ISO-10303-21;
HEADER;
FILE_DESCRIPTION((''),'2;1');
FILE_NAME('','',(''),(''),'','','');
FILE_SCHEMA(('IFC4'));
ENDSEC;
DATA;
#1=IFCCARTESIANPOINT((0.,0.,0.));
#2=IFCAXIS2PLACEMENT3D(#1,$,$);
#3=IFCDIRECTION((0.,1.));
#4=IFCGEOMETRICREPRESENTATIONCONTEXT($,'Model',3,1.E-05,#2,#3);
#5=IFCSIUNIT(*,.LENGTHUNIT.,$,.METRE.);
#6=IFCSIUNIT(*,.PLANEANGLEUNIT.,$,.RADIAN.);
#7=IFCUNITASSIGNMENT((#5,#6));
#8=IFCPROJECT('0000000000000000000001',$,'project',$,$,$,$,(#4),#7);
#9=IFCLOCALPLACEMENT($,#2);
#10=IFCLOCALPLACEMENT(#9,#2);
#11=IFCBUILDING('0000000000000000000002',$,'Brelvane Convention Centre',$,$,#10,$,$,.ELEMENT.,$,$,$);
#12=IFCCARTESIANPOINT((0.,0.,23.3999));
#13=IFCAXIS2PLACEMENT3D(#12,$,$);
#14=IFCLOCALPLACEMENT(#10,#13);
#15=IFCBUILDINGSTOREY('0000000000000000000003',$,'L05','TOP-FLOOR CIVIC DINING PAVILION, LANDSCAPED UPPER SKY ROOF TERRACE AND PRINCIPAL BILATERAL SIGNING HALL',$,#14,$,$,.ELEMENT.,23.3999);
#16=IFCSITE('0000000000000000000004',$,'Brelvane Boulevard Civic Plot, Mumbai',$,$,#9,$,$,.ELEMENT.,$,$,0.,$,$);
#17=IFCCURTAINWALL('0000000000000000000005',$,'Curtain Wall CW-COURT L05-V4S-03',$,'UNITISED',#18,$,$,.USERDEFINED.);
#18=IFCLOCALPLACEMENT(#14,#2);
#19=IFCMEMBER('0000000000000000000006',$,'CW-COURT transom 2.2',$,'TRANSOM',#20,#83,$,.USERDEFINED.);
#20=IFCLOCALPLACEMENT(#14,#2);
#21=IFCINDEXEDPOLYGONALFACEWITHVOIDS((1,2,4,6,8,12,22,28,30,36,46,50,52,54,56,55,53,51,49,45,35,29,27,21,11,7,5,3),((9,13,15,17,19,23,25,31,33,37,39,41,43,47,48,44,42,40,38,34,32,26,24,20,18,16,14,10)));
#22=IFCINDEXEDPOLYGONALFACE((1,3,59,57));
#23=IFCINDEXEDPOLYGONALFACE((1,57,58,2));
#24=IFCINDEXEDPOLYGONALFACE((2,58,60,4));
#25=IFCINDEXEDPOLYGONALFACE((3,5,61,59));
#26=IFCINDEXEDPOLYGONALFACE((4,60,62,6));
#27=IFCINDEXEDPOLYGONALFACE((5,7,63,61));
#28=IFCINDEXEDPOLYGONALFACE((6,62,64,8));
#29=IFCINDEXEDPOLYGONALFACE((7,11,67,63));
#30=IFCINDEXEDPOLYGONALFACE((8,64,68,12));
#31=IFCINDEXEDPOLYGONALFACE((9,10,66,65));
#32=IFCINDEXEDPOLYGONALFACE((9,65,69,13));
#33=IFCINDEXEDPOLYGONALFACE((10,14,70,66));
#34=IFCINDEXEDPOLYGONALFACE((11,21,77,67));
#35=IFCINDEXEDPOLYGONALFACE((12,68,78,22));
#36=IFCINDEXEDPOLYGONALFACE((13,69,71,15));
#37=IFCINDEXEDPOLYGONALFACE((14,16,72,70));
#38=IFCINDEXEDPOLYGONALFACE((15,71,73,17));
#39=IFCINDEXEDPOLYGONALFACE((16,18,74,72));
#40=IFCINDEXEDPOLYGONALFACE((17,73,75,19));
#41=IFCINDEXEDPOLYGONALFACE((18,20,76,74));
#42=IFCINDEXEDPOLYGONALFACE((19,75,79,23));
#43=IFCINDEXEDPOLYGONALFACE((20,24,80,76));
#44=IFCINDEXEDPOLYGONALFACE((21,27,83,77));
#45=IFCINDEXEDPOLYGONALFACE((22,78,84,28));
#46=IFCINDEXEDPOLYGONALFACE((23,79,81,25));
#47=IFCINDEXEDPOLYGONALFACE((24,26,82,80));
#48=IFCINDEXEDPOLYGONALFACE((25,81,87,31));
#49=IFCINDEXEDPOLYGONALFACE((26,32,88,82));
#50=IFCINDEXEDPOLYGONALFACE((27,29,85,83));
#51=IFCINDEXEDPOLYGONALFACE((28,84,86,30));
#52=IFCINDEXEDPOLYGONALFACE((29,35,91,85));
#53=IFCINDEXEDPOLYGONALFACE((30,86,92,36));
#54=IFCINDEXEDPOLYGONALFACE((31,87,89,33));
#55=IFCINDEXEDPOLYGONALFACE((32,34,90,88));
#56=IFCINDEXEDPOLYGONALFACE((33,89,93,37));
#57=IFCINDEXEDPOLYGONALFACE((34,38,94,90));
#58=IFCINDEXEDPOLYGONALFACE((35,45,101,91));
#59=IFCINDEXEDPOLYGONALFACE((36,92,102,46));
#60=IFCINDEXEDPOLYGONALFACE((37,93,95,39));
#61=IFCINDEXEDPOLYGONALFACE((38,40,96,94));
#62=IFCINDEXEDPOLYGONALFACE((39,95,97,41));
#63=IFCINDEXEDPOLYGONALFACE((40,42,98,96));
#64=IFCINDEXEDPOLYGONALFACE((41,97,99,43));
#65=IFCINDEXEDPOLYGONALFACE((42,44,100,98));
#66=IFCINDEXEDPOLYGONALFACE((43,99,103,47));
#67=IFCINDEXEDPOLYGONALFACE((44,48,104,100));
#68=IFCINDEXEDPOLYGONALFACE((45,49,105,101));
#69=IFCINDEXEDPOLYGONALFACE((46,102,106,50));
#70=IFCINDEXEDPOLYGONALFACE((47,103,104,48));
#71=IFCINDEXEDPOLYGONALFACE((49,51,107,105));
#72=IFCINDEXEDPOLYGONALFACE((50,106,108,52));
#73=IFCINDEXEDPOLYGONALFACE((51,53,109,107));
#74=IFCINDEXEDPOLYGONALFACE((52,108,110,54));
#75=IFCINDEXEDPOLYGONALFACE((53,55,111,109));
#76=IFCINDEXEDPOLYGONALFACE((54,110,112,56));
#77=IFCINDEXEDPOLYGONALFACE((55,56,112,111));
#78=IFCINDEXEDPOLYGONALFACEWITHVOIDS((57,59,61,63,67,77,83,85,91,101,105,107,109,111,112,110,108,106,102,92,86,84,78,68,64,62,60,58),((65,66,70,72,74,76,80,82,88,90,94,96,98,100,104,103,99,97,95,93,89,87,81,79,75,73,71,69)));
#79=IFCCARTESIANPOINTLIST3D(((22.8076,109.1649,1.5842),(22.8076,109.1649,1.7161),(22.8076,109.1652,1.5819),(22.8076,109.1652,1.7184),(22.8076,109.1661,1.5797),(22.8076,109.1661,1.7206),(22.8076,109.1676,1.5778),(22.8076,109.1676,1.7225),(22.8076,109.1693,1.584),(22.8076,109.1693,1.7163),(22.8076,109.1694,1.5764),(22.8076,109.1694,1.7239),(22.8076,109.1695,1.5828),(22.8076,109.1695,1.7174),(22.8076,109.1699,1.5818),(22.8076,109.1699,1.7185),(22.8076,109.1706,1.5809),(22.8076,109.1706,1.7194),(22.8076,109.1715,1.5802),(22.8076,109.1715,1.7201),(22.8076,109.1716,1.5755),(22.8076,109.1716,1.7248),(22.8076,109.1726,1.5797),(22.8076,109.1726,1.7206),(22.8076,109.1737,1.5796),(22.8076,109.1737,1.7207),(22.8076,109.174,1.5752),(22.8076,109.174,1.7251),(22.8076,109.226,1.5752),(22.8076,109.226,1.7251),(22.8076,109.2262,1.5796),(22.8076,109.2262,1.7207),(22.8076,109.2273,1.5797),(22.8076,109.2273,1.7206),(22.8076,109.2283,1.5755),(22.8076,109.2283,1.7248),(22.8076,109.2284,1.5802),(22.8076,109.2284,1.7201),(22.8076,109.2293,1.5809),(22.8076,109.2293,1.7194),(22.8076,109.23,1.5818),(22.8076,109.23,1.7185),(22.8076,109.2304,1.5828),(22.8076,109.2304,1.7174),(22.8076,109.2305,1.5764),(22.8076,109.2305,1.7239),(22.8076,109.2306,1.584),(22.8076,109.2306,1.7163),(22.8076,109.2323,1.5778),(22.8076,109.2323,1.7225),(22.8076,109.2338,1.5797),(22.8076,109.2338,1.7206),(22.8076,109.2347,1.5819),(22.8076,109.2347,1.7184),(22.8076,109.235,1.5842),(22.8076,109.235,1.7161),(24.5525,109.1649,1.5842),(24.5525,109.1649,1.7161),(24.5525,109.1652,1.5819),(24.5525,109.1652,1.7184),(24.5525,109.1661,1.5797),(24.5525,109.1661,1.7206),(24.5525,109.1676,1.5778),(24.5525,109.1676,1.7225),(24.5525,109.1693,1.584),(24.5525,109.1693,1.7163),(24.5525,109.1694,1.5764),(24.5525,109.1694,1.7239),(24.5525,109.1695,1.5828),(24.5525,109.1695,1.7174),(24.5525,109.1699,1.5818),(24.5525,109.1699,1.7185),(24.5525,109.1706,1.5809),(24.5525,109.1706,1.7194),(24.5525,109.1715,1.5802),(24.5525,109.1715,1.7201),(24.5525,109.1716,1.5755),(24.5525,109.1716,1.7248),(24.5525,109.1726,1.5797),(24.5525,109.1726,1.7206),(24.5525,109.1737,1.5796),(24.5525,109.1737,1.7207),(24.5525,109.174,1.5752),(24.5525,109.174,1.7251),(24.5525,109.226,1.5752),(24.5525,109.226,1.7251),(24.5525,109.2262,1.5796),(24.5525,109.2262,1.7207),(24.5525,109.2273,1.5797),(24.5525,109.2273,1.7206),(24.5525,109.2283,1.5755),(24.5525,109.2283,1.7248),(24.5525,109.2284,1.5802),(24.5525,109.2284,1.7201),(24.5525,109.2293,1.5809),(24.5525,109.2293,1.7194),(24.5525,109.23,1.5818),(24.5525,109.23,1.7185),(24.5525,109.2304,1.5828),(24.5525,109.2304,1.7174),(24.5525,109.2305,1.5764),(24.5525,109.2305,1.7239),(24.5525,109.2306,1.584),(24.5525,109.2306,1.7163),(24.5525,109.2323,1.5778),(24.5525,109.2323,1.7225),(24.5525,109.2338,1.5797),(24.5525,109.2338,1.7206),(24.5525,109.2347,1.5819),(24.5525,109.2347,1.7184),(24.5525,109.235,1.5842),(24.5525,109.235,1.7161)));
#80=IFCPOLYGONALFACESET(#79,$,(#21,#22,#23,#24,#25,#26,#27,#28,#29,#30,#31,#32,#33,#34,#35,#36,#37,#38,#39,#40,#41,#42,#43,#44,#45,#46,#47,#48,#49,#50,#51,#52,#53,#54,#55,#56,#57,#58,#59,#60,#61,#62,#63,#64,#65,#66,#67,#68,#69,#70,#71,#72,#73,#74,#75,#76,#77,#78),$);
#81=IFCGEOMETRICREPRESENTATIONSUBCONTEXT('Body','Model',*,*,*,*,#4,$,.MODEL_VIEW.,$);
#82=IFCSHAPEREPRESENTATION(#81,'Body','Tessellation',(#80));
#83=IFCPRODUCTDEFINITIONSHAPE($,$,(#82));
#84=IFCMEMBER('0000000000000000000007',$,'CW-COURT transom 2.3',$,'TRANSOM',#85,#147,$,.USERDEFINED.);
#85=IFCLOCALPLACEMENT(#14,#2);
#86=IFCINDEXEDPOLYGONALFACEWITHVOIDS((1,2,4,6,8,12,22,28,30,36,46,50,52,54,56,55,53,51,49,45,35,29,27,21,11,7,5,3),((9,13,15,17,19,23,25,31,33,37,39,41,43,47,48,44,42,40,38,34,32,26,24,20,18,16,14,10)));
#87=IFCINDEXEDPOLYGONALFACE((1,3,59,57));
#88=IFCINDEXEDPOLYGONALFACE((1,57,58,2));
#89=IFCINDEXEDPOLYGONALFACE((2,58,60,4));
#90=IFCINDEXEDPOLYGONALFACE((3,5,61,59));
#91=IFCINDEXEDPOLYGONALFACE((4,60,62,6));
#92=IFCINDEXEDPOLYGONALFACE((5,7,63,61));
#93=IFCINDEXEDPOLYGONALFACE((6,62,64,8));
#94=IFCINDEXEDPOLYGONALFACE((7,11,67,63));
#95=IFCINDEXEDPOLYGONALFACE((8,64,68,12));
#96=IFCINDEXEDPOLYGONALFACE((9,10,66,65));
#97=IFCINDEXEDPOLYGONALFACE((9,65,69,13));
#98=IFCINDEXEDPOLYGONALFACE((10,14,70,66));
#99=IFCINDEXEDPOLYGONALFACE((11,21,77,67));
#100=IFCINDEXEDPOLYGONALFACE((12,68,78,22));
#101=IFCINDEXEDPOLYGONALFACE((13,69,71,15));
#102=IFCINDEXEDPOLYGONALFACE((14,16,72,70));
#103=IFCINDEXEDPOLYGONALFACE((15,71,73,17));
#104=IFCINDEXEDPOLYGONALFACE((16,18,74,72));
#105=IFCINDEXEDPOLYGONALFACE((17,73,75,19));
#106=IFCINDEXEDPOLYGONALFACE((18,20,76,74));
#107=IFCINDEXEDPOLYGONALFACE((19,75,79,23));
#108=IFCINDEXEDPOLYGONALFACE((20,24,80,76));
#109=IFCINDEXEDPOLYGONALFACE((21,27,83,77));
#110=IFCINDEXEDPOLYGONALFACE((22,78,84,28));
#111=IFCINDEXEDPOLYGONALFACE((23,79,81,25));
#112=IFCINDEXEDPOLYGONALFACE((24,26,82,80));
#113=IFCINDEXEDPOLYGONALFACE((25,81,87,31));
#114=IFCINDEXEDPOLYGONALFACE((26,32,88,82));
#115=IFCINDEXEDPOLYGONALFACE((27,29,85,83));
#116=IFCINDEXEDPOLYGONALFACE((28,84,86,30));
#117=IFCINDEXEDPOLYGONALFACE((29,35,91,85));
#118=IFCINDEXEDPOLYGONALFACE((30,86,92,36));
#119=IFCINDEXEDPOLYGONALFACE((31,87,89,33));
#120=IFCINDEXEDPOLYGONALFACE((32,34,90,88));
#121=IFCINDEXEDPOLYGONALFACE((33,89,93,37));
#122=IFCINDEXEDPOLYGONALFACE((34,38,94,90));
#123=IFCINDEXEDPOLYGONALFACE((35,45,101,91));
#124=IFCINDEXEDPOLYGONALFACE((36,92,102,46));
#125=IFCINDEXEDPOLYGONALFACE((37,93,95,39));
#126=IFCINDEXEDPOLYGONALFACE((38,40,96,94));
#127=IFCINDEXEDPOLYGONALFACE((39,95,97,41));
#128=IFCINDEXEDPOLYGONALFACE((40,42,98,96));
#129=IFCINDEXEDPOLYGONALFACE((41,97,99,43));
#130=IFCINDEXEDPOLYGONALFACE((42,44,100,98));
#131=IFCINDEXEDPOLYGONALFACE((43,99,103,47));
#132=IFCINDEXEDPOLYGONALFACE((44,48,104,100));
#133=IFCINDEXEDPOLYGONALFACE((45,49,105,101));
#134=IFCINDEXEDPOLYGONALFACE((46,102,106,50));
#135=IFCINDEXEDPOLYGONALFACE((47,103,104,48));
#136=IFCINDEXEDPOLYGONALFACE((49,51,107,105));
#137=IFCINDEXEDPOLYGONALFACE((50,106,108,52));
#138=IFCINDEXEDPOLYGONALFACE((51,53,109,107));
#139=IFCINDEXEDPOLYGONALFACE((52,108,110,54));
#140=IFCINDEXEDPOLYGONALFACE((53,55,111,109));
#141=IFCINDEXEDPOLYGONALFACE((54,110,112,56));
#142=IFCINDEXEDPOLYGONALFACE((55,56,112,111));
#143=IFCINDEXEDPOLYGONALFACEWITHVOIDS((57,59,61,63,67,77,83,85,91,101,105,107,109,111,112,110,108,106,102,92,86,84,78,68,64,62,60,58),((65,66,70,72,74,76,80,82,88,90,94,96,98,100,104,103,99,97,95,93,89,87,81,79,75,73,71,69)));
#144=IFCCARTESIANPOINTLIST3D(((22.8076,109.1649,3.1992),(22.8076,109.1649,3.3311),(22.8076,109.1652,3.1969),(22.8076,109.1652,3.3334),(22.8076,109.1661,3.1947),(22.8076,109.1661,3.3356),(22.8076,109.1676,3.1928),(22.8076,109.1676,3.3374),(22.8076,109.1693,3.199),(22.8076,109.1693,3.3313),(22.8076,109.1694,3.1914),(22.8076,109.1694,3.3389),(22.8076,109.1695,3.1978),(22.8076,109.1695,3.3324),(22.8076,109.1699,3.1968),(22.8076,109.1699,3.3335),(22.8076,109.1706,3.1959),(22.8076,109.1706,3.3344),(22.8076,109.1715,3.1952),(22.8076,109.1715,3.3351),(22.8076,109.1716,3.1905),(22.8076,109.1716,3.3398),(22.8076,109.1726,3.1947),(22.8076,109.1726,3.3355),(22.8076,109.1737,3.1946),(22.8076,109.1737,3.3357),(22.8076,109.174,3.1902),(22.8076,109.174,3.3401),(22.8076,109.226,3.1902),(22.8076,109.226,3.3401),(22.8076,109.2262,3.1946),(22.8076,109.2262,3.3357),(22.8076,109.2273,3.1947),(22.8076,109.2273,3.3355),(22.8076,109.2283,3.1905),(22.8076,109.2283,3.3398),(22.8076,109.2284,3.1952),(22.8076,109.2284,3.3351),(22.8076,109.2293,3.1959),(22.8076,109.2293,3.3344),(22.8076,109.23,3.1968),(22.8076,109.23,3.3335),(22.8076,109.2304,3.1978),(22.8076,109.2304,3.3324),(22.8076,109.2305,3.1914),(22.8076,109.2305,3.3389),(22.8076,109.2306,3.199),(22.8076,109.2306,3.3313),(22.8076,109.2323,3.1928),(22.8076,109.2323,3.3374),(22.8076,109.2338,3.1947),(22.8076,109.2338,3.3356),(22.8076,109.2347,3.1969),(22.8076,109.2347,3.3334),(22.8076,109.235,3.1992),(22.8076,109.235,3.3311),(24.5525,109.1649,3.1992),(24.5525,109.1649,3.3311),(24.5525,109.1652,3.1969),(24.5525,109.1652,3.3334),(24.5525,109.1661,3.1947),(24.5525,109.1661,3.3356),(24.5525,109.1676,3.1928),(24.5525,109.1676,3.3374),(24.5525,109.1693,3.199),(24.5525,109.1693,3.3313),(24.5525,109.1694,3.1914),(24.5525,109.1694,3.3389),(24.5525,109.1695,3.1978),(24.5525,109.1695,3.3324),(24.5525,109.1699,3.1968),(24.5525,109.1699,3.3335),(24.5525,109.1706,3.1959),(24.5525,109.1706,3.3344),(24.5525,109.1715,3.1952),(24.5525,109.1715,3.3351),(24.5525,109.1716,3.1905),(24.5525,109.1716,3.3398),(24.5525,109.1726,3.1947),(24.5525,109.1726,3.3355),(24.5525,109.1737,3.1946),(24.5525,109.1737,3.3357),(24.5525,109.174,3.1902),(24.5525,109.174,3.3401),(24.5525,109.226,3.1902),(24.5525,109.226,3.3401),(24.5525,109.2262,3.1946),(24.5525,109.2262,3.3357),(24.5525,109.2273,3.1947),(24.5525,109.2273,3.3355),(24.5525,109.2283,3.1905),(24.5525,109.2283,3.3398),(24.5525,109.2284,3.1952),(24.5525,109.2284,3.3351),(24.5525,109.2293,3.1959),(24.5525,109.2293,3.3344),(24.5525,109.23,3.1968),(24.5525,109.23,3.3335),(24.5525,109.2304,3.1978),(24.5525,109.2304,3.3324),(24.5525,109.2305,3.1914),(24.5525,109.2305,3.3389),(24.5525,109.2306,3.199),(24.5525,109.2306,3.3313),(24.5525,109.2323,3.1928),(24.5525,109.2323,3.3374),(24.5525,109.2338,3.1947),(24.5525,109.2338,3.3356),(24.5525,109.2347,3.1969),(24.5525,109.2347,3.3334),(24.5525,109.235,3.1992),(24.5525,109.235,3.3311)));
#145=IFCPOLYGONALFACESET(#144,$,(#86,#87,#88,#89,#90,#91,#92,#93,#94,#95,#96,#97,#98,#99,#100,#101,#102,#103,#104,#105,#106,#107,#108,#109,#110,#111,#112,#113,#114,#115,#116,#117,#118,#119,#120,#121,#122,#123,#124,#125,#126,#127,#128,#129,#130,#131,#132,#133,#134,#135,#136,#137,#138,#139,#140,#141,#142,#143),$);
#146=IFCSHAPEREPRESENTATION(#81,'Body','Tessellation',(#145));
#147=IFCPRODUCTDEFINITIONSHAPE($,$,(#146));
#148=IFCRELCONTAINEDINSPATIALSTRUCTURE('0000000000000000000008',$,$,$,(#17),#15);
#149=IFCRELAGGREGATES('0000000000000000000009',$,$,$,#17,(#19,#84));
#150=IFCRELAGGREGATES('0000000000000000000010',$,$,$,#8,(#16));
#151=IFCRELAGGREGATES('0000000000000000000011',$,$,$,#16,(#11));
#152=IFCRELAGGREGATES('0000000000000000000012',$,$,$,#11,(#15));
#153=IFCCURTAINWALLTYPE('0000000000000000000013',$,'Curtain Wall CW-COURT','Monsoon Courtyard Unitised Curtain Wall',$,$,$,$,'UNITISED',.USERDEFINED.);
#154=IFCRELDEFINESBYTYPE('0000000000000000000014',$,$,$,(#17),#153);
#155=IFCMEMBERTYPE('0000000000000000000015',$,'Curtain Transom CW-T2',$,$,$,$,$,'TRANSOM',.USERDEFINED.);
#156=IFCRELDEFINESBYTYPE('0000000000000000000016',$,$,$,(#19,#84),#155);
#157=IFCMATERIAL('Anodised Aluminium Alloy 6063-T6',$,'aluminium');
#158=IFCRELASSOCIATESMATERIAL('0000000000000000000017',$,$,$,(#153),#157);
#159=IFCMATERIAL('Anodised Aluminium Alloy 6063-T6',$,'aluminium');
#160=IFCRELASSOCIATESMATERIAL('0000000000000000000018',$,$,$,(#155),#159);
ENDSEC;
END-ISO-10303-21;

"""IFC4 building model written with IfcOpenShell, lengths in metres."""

from ifc_helpers import new_model, si_unit, direction, frame, origin, origin_2d, place, context, subcontext, project, spatial, hollow_rectangle, extrude, material, material_profile, profile_set, type_object, element, aggregate, save


model = new_model("IFC4")

# Units and contexts
model_context = context("Model", 3, precision=1e-05, world=origin(), true_north=direction((0.0, 1.0)))
body_context = subcontext(model_context, "Body", "Model", "MODEL_VIEW")
ifc_project = project(units=[si_unit("LENGTHUNIT", "METRE"), si_unit("PLANEANGLEUNIT", "RADIAN")], contexts=[model_context])

# Site, building, storey
site_placement = place(None, origin())
site = spatial("IfcSite", under=ifc_project, at=site_placement, Name="Brelvane Boulevard Civic Plot, Mumbai", CompositionType="ELEMENT", RefElevation=0.0)
building_placement = place(site_placement, origin())
building = spatial("IfcBuilding", under=site, at=building_placement, Name="Brelvane Convention Centre", CompositionType="ELEMENT")
storey_placement = place(building_placement, frame((0.0, 0.0, 23.3999)))
storey = spatial("IfcBuildingStorey", under=building, at=storey_placement, Name="L05", Description="TOP-FLOOR CIVIC DINING PAVILION, LANDSCAPED UPPER SKY ROOF TERRACE AND PRINCIPAL BILATERAL SIGNING HALL", CompositionType="ELEMENT", Elevation=23.3999)

# Curtain wall, members
ifc_material_1 = material(Name="Anodised Aluminium Alloy 6063-T6", Category="aluminium")
curtain_wall_type = type_object("IfcCurtainWallType", Name="Curtain Wall CW-COURT", Description="Monsoon Courtyard Unitised Curtain Wall", ElementType="UNITISED", PredefinedType="USERDEFINED", material=ifc_material_1)
curtain_wall_placement = place(storey_placement, origin())
curtain_wall = element("IfcCurtainWall", 1, at=curtain_wall_placement, inside=storey, type_object=curtain_wall_type, Name="Curtain Wall CW-COURT L05-V4S-03", ObjectType="UNITISED", PredefinedType="USERDEFINED")
ifc_material_2 = material(Name="Anodised Aluminium Alloy 6063-T6", Category="aluminium")
ifc_material_profile_1 = material_profile(ifc_material_2, hollow_rectangle(XDim=0.0701, YDim=0.1499, WallThickness=0.0044, InnerFilletRadius=0.0044, OuterFilletRadius=0.009, at=origin_2d()), Name="ALU-T 150x70x4.5")
ifc_profile_set_1 = profile_set([ifc_material_profile_1], Name="Anodised Aluminium Alloy 6063-T6")
member_type = type_object("IfcMemberType", Name="Curtain Transom CW-T2", ElementType="TRANSOM", PredefinedType="USERDEFINED", material=ifc_profile_set_1)
member_1_placement = place(storey_placement, frame((22.8076, 109.2, 1.6501), z_axis=(1.0, 0.0, 0.0), x_axis=(0.0, 1.0, 0.0)))
member_1 = element("IfcMember", 2, at=member_1_placement, type_object=member_type, Name="CW-COURT transom 2.2", ObjectType="TRANSOM", PredefinedType="USERDEFINED", context=body_context, shape_type="SweptSolid", body=[
    extrude(hollow_rectangle(XDim=0.0701, YDim=0.1499, WallThickness=0.0044, InnerFilletRadius=0.0044, OuterFilletRadius=0.009, at=origin_2d()), origin(), (0.0, 0.0, 1.0), 1.7449),
])
member_2_placement = place(storey_placement, frame((22.8076, 109.2, 3.2651), z_axis=(1.0, 0.0, 0.0), x_axis=(0.0, 1.0, 0.0)))
member_2 = element("IfcMember", 3, at=member_2_placement, type_object=member_type, Name="CW-COURT transom 2.3", ObjectType="TRANSOM", PredefinedType="USERDEFINED", context=body_context, shape_type="SweptSolid", body=[
    extrude(hollow_rectangle(XDim=0.0701, YDim=0.1499, WallThickness=0.0044, InnerFilletRadius=0.0044, OuterFilletRadius=0.009, at=origin_2d()), origin(), (0.0, 0.0, 1.0), 1.7449),
])

aggregate(curtain_wall, [member_1, member_2])

save(model, "model.ifc")
